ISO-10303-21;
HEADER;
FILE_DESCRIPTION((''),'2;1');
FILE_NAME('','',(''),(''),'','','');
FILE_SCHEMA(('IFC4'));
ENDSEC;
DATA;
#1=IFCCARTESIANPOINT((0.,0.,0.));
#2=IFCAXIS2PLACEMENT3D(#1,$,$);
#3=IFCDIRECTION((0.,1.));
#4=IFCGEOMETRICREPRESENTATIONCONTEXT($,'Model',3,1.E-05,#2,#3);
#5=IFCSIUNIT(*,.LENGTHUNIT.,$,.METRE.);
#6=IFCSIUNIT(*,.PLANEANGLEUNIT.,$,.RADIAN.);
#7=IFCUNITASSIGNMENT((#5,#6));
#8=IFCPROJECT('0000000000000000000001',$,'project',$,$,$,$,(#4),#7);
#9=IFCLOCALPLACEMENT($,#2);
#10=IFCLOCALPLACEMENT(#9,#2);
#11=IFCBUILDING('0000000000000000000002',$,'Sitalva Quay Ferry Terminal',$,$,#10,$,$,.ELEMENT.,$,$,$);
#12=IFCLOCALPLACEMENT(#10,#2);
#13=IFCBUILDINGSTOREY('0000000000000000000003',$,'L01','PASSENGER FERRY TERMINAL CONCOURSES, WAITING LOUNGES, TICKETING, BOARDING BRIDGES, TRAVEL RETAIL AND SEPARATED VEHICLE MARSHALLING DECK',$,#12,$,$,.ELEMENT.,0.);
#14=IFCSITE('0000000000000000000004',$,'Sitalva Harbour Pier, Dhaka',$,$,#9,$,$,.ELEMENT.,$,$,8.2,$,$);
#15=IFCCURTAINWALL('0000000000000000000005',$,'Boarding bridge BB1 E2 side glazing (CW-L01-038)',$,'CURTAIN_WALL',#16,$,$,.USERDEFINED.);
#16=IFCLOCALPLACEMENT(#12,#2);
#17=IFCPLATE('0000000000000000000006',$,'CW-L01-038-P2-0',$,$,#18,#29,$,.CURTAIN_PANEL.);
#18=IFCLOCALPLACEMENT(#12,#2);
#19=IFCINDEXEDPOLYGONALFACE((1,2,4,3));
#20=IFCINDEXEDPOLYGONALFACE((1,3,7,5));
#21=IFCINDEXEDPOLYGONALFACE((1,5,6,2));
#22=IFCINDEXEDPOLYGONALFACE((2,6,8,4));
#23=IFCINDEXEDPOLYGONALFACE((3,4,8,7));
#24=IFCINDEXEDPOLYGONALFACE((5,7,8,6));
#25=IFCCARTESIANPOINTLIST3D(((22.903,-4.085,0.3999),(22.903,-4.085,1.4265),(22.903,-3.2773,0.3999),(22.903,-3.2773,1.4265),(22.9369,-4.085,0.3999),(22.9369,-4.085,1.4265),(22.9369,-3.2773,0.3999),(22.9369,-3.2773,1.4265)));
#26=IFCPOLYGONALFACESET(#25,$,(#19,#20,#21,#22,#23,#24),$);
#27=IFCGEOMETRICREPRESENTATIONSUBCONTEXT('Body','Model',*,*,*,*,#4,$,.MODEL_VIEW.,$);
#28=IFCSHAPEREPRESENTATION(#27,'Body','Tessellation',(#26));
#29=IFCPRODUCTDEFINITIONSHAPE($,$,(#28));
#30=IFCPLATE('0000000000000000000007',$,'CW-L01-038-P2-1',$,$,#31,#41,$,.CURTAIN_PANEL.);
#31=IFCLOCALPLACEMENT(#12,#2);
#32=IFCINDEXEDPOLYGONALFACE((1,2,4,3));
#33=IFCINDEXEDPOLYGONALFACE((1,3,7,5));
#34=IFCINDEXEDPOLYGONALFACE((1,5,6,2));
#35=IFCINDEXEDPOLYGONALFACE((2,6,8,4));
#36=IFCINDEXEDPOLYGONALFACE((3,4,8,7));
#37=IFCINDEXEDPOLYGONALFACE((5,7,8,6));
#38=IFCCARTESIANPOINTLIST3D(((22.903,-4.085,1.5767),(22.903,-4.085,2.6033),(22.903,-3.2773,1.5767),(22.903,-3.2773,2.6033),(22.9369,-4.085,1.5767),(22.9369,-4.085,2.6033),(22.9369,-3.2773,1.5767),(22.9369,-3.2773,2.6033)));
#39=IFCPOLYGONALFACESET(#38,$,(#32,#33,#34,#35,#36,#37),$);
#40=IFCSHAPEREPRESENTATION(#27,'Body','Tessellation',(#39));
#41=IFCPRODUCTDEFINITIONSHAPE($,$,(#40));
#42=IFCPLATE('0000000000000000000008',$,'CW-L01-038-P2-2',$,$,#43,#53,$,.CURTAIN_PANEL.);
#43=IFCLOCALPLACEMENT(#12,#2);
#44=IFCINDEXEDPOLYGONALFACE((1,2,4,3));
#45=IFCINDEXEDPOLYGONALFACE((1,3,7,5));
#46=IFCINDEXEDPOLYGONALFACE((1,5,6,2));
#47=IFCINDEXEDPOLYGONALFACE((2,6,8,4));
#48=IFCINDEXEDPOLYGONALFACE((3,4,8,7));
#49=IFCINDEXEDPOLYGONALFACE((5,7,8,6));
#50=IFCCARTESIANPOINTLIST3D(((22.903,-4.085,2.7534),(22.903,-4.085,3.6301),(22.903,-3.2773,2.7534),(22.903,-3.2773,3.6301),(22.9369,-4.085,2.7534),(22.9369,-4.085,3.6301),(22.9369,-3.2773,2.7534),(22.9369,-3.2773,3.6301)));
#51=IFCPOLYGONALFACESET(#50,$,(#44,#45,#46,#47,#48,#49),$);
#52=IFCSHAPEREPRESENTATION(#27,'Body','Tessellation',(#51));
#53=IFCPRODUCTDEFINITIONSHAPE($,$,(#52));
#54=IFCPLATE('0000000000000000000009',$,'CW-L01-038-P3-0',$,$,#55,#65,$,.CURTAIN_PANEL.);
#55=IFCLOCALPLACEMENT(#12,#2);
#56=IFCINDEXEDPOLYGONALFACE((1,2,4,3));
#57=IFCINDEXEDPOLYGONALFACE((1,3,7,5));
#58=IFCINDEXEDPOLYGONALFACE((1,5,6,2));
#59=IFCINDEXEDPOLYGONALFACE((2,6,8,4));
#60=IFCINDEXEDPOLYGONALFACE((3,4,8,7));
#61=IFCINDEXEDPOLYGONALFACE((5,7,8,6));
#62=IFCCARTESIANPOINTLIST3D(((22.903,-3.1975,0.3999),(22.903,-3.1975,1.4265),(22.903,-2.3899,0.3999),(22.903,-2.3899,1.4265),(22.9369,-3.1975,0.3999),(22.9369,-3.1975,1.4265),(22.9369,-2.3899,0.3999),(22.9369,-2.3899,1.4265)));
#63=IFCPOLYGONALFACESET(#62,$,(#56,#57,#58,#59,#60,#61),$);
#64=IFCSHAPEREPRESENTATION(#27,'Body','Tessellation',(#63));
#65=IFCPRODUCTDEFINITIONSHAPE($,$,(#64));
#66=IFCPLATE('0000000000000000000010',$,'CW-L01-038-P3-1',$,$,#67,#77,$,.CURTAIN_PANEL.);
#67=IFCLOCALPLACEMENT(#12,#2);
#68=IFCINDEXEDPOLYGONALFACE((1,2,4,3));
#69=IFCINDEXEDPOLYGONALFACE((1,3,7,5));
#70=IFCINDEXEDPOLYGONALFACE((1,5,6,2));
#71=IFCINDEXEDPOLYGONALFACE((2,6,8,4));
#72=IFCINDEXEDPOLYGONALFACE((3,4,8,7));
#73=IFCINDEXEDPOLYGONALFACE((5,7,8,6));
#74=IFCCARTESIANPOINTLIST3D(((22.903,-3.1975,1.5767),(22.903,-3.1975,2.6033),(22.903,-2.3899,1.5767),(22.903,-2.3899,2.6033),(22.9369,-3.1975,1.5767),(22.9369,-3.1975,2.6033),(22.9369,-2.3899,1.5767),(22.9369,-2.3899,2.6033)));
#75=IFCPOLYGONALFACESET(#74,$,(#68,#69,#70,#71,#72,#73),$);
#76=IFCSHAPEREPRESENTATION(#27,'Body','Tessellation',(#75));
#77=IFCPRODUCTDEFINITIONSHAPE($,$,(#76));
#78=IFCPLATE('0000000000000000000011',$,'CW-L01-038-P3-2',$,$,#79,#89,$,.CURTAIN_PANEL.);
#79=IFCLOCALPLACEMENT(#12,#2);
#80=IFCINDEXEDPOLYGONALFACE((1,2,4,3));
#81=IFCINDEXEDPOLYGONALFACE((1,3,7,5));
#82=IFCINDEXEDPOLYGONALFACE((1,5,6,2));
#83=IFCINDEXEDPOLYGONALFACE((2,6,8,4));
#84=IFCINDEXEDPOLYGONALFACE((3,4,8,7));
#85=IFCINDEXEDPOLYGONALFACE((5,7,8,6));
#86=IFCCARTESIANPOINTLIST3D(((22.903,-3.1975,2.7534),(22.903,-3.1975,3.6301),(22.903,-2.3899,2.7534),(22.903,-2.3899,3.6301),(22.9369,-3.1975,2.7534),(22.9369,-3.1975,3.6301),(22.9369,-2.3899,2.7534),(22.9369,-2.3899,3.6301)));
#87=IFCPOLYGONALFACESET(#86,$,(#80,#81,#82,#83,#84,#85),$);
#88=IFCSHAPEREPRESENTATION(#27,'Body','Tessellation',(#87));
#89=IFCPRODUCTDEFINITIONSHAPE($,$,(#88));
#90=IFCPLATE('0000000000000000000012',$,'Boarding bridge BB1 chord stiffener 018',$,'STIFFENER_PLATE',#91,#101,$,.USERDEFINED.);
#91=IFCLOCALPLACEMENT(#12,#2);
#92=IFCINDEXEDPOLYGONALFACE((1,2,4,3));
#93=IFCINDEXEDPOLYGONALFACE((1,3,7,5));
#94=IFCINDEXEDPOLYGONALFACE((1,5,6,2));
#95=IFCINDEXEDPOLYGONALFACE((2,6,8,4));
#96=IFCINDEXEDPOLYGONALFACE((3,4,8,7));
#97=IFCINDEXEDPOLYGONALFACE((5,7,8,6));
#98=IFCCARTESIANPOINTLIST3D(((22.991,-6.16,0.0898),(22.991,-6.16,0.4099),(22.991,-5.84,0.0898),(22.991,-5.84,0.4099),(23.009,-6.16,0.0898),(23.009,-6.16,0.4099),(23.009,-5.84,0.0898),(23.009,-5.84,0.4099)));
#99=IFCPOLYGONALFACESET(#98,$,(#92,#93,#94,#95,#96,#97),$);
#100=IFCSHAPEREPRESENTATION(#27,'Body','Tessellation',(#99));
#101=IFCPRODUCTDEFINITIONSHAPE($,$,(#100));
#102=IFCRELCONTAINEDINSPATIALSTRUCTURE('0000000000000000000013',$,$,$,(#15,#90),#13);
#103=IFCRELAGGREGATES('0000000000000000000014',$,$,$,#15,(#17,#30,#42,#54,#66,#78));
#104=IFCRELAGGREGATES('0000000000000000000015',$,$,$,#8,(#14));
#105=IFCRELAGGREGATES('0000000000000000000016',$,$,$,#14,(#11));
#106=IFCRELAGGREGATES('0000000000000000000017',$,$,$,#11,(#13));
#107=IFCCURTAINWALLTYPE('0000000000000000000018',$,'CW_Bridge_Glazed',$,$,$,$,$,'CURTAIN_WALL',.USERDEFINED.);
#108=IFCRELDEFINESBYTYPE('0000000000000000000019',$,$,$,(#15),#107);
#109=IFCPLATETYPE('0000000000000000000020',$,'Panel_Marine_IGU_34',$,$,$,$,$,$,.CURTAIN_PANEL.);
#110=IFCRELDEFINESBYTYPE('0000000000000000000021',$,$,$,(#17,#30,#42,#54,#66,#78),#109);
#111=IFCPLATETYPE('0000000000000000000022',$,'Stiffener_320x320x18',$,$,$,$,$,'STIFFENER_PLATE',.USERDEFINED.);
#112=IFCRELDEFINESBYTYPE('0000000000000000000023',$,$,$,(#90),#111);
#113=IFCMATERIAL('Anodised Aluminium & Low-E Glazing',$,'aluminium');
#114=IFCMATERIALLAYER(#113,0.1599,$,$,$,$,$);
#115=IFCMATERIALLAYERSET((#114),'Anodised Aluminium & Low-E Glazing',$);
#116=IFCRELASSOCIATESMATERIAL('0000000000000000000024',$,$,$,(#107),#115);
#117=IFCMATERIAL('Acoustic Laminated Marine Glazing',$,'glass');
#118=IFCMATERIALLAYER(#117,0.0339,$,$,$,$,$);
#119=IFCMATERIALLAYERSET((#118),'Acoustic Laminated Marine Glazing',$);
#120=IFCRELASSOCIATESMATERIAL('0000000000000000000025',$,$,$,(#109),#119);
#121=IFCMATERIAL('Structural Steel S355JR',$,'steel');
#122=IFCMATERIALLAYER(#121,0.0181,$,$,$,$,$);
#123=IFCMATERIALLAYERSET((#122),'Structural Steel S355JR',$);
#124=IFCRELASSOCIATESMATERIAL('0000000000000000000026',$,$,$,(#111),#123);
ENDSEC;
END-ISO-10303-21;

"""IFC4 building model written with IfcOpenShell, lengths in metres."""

from ifc_helpers import new_model, si_unit, direction, frame, origin, origin_2d, place, context, subcontext, project, spatial, rectangle, extrude, material, layer, layer_set, type_object, element, aggregate, save


model = new_model("IFC4")

# Units and contexts
model_context = context("Model", 3, precision=1e-05, world=origin(), true_north=direction((0.0, 1.0)))
body_context = subcontext(model_context, "Body", "Model", "MODEL_VIEW")
ifc_project = project(units=[si_unit("LENGTHUNIT", "METRE"), si_unit("PLANEANGLEUNIT", "RADIAN")], contexts=[model_context])

# Site, building, storey
site_placement = place(None, origin())
site = spatial("IfcSite", under=ifc_project, at=site_placement, Name="Sitalva Harbour Pier, Dhaka", CompositionType="ELEMENT", RefElevation=8.2)
building_placement = place(site_placement, origin())
building = spatial("IfcBuilding", under=site, at=building_placement, Name="Sitalva Quay Ferry Terminal", CompositionType="ELEMENT")
storey_placement = place(building_placement, origin())
storey = spatial("IfcBuildingStorey", under=building, at=storey_placement, Name="L01", Description="PASSENGER FERRY TERMINAL CONCOURSES, WAITING LOUNGES, TICKETING, BOARDING BRIDGES, TRAVEL RETAIL AND SEPARATED VEHICLE MARSHALLING DECK", CompositionType="ELEMENT", Elevation=0.0)

# Curtain wall
ifc_material_1 = material(Name="Anodised Aluminium & Low-E Glazing", Category="aluminium")
ifc_layer_1 = layer(ifc_material_1, 0.1599)
ifc_layer_set_1 = layer_set([ifc_layer_1], Name="Anodised Aluminium & Low-E Glazing")
curtain_wall_type = type_object("IfcCurtainWallType", Name="CW_Bridge_Glazed", ElementType="CURTAIN_WALL", PredefinedType="USERDEFINED", material=ifc_layer_set_1)
curtain_wall_placement = place(storey_placement, origin())
curtain_wall = element("IfcCurtainWall", 1, at=curtain_wall_placement, inside=storey, type_object=curtain_wall_type, Name="Boarding bridge BB1 E2 side glazing (CW-L01-038)", ObjectType="CURTAIN_WALL", PredefinedType="USERDEFINED")

# Plates
ifc_material_2 = material(Name="Acoustic Laminated Marine Glazing", Category="glass")
ifc_layer_2 = layer(ifc_material_2, 0.0339)
ifc_layer_set_2 = layer_set([ifc_layer_2], Name="Acoustic Laminated Marine Glazing")
plate_type_1 = type_object("IfcPlateType", Name="Panel_Marine_IGU_34", PredefinedType="CURTAIN_PANEL", material=ifc_layer_set_2)
plate_1_placement = place(storey_placement, frame((22.9199, -3.6812, 0.3999), z_axis=(0.0, 0.0, 1.0), x_axis=(0.0, 1.0, 0.0)))
plate_1 = element("IfcPlate", 2, at=plate_1_placement, type_object=plate_type_1, Name="CW-L01-038-P2-0", PredefinedType="CURTAIN_PANEL", context=body_context, shape_type="SweptSolid", body=[
    extrude(rectangle(XDim=0.8076, YDim=0.0339, at=origin_2d()), origin(), (0.0, 0.0, 1.0), 1.0266),
])
plate_2_placement = place(storey_placement, frame((22.9199, -3.6812, 1.5767), z_axis=(0.0, 0.0, 1.0), x_axis=(0.0, 1.0, 0.0)))
plate_2 = element("IfcPlate", 3, at=plate_2_placement, type_object=plate_type_1, Name="CW-L01-038-P2-1", PredefinedType="CURTAIN_PANEL", context=body_context, shape_type="SweptSolid", body=[
    extrude(rectangle(XDim=0.8076, YDim=0.0339, at=origin_2d()), origin(), (0.0, 0.0, 1.0), 1.0266),
])
plate_3_placement = place(storey_placement, frame((22.9199, -3.6812, 2.7534), z_axis=(0.0, 0.0, 1.0), x_axis=(0.0, 1.0, 0.0)))
plate_3 = element("IfcPlate", 4, at=plate_3_placement, type_object=plate_type_1, Name="CW-L01-038-P2-2", PredefinedType="CURTAIN_PANEL", context=body_context, shape_type="SweptSolid", body=[
    extrude(rectangle(XDim=0.8076, YDim=0.0339, at=origin_2d()), origin(), (0.0, 0.0, 1.0), 0.8767),
])
plate_4_placement = place(storey_placement, frame((22.9199, -2.7937, 0.3999), z_axis=(0.0, 0.0, 1.0), x_axis=(0.0, 1.0, 0.0)))
plate_4 = element("IfcPlate", 5, at=plate_4_placement, type_object=plate_type_1, Name="CW-L01-038-P3-0", PredefinedType="CURTAIN_PANEL", context=body_context, shape_type="SweptSolid", body=[
    extrude(rectangle(XDim=0.8076, YDim=0.0339, at=origin_2d()), origin(), (0.0, 0.0, 1.0), 1.0266),
])
plate_5_placement = place(storey_placement, frame((22.9199, -2.7937, 1.5767), z_axis=(0.0, 0.0, 1.0), x_axis=(0.0, 1.0, 0.0)))
plate_5 = element("IfcPlate", 6, at=plate_5_placement, type_object=plate_type_1, Name="CW-L01-038-P3-1", PredefinedType="CURTAIN_PANEL", context=body_context, shape_type="SweptSolid", body=[
    extrude(rectangle(XDim=0.8076, YDim=0.0339, at=origin_2d()), origin(), (0.0, 0.0, 1.0), 1.0266),
])
plate_6_placement = place(storey_placement, frame((22.9199, -2.7937, 2.7534), z_axis=(0.0, 0.0, 1.0), x_axis=(0.0, 1.0, 0.0)))
plate_6 = element("IfcPlate", 7, at=plate_6_placement, type_object=plate_type_1, Name="CW-L01-038-P3-2", PredefinedType="CURTAIN_PANEL", context=body_context, shape_type="SweptSolid", body=[
    extrude(rectangle(XDim=0.8076, YDim=0.0339, at=origin_2d()), origin(), (0.0, 0.0, 1.0), 0.8767),
])
aggregate(curtain_wall, [plate_1, plate_2, plate_3, plate_4, plate_5, plate_6])
ifc_material_3 = material(Name="Structural Steel S355JR", Category="steel")
ifc_layer_3 = layer(ifc_material_3, 0.0181)
ifc_layer_set_3 = layer_set([ifc_layer_3], Name="Structural Steel S355JR")
plate_type_2 = type_object("IfcPlateType", Name="Stiffener_320x320x18", ElementType="STIFFENER_PLATE", PredefinedType="USERDEFINED", material=ifc_layer_set_3)
plate_7_placement = place(storey_placement, frame((23.0, -6.0, 0.0898), z_axis=(0.0, 0.0, 1.0), x_axis=(1.0, 0.0, 0.0)))
element("IfcPlate", 8, at=plate_7_placement, inside=storey, type_object=plate_type_2, Name="Boarding bridge BB1 chord stiffener 018", ObjectType="STIFFENER_PLATE", PredefinedType="USERDEFINED", context=body_context, shape_type="SweptSolid", body=[
    extrude(rectangle(XDim=0.0181, YDim=0.3201, at=origin_2d()), origin(), (0.0, 0.0, 1.0), 0.3201),
])

save(model, "model.ifc")
